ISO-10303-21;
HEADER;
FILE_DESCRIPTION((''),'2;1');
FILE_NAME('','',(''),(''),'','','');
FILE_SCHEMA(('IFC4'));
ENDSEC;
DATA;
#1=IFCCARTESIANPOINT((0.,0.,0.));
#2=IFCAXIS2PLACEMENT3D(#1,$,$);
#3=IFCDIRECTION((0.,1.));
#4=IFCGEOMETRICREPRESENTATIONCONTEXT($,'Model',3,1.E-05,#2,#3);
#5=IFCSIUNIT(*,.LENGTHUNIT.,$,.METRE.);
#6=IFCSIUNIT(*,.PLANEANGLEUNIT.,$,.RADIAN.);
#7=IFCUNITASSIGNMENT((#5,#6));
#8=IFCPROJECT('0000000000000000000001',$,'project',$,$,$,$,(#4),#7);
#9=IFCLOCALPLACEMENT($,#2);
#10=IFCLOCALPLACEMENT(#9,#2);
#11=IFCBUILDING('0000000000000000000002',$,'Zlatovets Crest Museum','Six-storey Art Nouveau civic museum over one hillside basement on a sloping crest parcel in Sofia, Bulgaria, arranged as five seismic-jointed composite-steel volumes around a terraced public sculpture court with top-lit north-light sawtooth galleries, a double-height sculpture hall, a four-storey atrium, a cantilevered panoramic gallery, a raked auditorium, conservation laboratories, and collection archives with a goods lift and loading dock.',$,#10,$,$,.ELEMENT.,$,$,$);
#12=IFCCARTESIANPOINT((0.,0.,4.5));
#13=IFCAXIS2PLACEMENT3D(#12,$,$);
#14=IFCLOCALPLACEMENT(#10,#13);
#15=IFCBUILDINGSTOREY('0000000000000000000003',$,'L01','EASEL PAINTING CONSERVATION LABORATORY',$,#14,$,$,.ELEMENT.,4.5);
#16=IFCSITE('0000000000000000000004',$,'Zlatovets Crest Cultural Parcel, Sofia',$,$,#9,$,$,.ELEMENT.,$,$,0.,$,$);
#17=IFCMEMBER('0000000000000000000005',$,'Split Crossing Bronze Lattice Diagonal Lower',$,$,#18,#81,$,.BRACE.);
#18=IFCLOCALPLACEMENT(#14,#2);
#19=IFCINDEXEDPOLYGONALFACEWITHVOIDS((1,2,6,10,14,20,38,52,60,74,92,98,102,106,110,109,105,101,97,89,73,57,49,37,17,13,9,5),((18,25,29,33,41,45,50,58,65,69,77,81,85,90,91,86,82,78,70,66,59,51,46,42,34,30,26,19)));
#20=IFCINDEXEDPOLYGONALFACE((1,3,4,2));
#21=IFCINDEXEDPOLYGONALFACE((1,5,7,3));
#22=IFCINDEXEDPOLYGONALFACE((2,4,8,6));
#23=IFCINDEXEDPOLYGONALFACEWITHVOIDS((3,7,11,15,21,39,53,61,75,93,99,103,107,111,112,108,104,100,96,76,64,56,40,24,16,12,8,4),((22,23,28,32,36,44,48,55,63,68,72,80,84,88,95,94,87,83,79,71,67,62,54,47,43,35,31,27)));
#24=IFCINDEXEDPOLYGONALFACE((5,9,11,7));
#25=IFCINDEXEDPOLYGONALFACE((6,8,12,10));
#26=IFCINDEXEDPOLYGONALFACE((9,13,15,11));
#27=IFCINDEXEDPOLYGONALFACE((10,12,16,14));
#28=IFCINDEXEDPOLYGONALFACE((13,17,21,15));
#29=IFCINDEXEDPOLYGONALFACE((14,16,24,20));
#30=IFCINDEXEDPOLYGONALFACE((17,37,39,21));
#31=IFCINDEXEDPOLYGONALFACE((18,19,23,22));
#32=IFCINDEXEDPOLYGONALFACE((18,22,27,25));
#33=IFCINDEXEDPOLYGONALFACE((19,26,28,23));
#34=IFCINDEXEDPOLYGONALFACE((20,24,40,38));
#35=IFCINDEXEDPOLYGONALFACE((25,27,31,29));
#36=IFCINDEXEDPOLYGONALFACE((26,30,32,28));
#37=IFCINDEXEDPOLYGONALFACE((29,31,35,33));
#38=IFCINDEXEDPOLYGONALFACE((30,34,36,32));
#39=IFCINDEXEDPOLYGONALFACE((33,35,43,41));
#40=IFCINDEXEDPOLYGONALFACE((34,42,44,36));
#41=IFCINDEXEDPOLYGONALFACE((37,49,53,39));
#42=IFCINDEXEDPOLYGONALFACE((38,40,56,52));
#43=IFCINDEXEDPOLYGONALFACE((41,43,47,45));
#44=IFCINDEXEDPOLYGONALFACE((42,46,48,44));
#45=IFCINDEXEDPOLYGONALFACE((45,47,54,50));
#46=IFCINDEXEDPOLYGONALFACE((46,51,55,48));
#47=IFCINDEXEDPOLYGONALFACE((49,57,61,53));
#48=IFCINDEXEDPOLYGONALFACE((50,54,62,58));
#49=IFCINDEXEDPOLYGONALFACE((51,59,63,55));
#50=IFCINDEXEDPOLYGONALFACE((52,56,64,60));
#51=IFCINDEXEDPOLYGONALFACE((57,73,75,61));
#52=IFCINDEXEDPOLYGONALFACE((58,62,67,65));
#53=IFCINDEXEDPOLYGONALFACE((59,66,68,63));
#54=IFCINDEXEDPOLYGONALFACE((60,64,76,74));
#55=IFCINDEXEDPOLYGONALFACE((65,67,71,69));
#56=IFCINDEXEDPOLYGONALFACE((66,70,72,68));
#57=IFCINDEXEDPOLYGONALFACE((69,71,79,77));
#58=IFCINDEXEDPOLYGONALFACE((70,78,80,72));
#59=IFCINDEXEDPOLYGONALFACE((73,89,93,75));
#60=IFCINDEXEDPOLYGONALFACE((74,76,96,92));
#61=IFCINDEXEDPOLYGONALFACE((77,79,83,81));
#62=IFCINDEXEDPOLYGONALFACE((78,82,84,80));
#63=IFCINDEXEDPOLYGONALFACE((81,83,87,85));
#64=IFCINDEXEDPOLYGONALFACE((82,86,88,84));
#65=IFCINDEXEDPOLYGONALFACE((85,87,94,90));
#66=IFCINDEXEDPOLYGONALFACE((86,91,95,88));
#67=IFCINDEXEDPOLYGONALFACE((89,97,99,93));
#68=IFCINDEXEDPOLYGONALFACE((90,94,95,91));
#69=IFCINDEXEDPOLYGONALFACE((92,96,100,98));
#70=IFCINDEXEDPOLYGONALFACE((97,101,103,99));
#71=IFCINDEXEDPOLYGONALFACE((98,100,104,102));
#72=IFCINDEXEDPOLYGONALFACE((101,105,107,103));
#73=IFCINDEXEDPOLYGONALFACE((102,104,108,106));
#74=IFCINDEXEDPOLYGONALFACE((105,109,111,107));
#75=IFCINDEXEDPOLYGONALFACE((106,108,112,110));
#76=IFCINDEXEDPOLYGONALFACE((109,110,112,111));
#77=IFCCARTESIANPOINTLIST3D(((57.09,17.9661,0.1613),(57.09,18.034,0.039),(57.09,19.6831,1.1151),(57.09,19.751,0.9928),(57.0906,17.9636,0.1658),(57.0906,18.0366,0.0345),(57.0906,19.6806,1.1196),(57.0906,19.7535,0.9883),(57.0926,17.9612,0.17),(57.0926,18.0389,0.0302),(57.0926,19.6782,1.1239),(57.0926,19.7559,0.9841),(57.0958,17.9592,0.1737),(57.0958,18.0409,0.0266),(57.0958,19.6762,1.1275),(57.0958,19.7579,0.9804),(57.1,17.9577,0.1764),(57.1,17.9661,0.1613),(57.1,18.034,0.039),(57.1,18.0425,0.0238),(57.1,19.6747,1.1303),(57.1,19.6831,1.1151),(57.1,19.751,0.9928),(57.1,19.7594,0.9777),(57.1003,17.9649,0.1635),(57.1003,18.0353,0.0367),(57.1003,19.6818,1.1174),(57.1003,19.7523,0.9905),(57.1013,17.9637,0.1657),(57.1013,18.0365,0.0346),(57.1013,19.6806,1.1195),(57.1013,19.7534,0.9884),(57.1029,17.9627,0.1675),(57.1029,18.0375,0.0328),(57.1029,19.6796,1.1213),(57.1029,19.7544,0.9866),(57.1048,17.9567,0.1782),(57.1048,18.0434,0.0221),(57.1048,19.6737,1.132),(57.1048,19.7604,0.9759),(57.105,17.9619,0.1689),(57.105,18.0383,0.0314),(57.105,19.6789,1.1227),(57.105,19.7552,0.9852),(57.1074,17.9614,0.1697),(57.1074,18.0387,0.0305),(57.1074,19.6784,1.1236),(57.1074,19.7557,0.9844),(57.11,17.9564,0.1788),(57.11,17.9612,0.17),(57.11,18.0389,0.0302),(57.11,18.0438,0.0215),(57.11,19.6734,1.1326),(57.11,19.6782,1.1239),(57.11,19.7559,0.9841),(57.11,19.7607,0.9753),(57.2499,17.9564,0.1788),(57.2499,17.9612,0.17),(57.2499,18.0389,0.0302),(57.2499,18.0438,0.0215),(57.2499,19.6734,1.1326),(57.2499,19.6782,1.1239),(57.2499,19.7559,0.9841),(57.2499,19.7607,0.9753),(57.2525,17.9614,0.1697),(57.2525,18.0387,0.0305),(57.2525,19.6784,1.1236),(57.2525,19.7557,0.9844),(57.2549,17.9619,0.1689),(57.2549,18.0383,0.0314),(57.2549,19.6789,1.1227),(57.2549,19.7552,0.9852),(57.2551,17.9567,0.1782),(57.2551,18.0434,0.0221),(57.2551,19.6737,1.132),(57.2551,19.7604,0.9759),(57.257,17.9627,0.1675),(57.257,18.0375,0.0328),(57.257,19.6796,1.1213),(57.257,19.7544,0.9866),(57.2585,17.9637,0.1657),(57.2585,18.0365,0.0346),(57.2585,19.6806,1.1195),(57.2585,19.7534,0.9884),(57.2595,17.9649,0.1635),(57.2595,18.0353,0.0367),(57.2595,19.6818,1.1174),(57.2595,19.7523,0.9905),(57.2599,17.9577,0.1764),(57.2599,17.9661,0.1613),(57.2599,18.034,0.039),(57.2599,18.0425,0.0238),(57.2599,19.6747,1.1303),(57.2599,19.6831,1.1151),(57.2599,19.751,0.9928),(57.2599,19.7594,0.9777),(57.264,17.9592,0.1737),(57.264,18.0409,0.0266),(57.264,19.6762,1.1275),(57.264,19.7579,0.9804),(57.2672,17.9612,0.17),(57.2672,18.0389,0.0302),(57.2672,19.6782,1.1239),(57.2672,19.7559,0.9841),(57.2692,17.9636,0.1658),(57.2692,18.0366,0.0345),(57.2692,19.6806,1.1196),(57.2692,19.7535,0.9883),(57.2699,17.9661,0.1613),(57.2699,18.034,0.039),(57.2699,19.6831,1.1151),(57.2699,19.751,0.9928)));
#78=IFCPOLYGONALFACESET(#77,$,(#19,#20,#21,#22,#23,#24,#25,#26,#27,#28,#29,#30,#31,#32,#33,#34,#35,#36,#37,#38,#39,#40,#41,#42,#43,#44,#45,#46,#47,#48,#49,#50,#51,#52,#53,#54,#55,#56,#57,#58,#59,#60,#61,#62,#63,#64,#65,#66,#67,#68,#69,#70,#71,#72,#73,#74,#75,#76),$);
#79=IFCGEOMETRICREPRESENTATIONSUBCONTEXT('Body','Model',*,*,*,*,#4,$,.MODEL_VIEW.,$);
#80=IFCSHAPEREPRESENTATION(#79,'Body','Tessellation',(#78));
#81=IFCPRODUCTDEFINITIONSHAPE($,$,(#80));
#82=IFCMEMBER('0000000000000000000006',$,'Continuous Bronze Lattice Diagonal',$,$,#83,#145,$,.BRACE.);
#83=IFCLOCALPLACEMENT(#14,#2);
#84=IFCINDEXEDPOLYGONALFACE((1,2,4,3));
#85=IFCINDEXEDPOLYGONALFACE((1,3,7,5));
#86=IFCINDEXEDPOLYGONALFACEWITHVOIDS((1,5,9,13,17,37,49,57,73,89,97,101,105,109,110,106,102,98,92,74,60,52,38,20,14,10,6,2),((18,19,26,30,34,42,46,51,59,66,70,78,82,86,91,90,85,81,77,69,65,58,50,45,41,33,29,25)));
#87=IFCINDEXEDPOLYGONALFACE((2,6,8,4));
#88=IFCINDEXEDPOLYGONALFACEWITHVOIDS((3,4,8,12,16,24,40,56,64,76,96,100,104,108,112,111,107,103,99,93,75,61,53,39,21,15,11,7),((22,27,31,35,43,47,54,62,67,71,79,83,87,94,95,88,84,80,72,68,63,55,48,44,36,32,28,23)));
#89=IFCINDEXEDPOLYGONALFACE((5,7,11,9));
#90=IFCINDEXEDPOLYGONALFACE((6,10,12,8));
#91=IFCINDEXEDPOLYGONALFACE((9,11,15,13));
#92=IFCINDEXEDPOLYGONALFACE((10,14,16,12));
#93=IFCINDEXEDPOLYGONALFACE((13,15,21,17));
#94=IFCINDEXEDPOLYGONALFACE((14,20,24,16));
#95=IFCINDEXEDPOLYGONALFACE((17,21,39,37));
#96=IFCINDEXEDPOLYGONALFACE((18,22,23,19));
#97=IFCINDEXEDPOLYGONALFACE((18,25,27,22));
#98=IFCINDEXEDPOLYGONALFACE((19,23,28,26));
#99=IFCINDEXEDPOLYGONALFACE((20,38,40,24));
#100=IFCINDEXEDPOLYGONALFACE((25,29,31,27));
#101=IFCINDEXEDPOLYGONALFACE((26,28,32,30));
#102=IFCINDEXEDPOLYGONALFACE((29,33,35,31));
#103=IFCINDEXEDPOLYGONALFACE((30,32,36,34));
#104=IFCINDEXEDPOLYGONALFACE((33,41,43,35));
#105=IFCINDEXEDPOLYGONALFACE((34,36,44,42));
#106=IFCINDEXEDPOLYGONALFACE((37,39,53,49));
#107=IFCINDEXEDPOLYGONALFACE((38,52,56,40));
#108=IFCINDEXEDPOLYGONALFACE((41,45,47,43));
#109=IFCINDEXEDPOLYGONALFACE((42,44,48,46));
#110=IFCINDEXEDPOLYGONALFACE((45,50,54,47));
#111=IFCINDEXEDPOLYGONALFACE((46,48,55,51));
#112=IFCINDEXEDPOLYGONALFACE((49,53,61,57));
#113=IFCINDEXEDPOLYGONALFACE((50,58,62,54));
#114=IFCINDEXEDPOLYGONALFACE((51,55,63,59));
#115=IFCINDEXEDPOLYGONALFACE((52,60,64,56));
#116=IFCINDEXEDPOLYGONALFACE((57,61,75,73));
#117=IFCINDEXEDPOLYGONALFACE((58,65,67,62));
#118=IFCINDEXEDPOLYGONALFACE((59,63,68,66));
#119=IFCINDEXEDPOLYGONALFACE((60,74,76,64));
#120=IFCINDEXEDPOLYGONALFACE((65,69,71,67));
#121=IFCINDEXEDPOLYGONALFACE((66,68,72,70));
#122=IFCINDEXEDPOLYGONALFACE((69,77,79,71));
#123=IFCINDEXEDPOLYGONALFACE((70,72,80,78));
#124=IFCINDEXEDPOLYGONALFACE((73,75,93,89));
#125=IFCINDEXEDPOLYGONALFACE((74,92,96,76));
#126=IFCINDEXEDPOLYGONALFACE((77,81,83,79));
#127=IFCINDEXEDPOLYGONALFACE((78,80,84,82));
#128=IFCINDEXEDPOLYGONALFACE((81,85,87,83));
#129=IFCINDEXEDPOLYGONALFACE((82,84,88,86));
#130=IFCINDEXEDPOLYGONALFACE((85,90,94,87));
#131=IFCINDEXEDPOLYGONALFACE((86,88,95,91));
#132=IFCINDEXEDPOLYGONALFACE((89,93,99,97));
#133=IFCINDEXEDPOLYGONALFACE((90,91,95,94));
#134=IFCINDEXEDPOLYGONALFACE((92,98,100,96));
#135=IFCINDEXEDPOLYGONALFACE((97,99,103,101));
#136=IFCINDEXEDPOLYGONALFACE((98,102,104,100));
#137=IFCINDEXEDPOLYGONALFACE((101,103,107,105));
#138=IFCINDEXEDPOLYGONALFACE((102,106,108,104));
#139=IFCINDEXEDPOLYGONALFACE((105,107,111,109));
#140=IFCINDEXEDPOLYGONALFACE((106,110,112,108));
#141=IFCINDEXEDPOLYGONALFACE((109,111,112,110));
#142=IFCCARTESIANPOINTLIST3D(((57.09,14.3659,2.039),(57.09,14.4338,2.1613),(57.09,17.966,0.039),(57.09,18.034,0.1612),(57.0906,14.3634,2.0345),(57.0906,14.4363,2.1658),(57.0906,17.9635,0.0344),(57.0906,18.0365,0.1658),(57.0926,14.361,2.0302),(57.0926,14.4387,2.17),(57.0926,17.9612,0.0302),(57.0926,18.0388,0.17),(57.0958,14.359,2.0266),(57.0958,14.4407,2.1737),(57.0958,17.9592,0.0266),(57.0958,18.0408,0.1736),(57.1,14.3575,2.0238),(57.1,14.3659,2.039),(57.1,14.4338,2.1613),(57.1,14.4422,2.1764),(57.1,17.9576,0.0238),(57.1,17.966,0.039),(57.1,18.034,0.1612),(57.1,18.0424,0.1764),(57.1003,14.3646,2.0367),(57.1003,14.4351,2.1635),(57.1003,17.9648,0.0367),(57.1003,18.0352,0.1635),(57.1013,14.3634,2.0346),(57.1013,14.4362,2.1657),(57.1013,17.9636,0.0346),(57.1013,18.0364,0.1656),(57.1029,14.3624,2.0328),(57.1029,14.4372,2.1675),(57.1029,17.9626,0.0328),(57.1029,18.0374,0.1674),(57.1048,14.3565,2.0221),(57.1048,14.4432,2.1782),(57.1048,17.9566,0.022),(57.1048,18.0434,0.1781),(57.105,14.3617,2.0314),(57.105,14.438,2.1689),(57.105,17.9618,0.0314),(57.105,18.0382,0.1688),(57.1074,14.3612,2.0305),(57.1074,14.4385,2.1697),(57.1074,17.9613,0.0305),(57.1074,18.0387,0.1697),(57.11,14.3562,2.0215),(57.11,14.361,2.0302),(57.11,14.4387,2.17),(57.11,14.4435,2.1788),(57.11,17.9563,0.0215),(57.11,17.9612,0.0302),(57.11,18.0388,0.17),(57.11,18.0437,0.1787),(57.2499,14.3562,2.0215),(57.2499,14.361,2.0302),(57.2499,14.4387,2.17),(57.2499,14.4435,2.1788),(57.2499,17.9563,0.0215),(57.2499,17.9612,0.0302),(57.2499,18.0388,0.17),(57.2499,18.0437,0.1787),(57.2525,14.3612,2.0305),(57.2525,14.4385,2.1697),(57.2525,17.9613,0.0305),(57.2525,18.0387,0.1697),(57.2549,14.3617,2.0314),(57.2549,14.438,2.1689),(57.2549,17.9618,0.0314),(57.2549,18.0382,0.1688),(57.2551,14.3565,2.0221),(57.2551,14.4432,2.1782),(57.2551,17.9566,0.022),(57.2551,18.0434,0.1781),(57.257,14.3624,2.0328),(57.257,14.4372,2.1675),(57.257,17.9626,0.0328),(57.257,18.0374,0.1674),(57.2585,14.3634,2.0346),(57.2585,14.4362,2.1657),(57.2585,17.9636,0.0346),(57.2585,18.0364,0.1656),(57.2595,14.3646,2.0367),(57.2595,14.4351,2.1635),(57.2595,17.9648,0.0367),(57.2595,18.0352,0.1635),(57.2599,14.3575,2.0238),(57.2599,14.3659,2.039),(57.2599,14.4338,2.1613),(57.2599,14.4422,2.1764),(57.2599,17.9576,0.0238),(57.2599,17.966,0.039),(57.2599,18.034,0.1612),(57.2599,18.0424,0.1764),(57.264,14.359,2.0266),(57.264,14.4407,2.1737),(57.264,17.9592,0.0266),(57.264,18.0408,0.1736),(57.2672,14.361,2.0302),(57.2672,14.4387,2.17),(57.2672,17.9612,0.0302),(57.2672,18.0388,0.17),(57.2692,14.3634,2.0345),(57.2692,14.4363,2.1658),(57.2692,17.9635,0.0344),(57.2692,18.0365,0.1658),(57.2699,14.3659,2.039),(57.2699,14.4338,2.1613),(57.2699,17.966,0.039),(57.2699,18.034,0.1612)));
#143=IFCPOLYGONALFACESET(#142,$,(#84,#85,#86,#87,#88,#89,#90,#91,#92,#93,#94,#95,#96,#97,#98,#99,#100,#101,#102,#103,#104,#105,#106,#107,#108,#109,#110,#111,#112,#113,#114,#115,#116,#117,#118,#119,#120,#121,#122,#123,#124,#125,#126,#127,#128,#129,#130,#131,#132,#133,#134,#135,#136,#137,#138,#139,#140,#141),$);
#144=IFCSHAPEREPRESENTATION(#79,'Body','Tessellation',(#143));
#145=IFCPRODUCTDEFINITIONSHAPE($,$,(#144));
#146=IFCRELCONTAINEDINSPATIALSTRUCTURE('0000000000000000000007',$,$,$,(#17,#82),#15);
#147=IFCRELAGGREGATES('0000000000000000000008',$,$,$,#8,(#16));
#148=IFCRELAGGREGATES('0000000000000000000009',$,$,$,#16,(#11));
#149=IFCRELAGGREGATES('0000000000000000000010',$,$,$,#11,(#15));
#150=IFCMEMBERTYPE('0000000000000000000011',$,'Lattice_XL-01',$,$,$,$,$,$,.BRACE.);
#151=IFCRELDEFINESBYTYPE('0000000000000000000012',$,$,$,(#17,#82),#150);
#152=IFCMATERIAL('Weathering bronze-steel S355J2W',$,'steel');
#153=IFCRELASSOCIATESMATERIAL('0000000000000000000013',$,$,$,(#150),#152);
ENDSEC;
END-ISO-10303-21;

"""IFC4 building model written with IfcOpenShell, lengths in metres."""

from ifc_helpers import new_model, si_unit, direction, frame, origin, origin_2d, place, context, subcontext, project, spatial, hollow_rectangle, extrude, material, material_profile, profile_set, type_object, element, save


model = new_model("IFC4")

# Units and contexts
model_context = context("Model", 3, precision=1e-05, world=origin(), true_north=direction((0.0, 1.0)))
body_context = subcontext(model_context, "Body", "Model", "MODEL_VIEW")
ifc_project = project(units=[si_unit("LENGTHUNIT", "METRE"), si_unit("PLANEANGLEUNIT", "RADIAN")], contexts=[model_context])

# Site, building, storey
site_placement = place(None, origin())
site = spatial("IfcSite", under=ifc_project, at=site_placement, Name="Zlatovets Crest Cultural Parcel, Sofia", CompositionType="ELEMENT", RefElevation=0.0)
building_placement = place(site_placement, origin())
building = spatial("IfcBuilding", under=site, at=building_placement, Name="Zlatovets Crest Museum", Description="Six-storey Art Nouveau civic museum over one hillside basement on a sloping crest parcel in Sofia, Bulgaria, arranged as five seismic-jointed composite-steel volumes around a terraced public sculpture court with top-lit north-light sawtooth galleries, a double-height sculpture hall, a four-storey atrium, a cantilevered panoramic gallery, a raked auditorium, conservation laboratories, and collection archives with a goods lift and loading dock.", CompositionType="ELEMENT")
storey_placement = place(building_placement, frame((0.0, 0.0, 4.5)))
storey = spatial("IfcBuildingStorey", under=building, at=storey_placement, Name="L01", Description="EASEL PAINTING CONSERVATION LABORATORY", CompositionType="ELEMENT", Elevation=4.5)

# Members
ifc_material_1 = material(Name="Weathering bronze-steel S355J2W", Category="steel")
ifc_material_profile_1 = material_profile(ifc_material_1, hollow_rectangle(XDim=0.1799, YDim=0.1799, WallThickness=0.01, InnerFilletRadius=0.01, OuterFilletRadius=0.02, at=origin_2d()), Name="SHS 180x180x10.0")
ifc_profile_set_1 = profile_set([ifc_material_profile_1], Name="Weathering bronze-steel S355J2W")
member_type_1 = type_object("IfcMemberType", Name="Lattice_XL-01", PredefinedType="BRACE", material=ifc_profile_set_1)
member_1_placement = place(storey_placement, frame((57.1799, 19.717, 1.054), z_axis=(0.0, -0.874169, -0.485622), x_axis=(1.0, 0.0, 0.0)))
element("IfcMember", 1, at=member_1_placement, inside=storey, type_object=member_type_1, Name="Split Crossing Bronze Lattice Diagonal Lower", PredefinedType="BRACE", context=body_context, shape_type="SweptSolid", body=[
    extrude(hollow_rectangle(XDim=0.1799, YDim=0.1799, WallThickness=0.01, InnerFilletRadius=0.01, OuterFilletRadius=0.02, at=origin_2d()), origin(), (0.0, 0.0, 1.0), 1.9641),
])
member_2_placement = place(storey_placement, frame((57.1799, 18.0, 0.1001), z_axis=(0.0, -0.874163, 0.485633), x_axis=(1.0, 0.0, 0.0)))
element("IfcMember", 2, at=member_2_placement, inside=storey, type_object=member_type_1, Name="Continuous Bronze Lattice Diagonal", PredefinedType="BRACE", context=body_context, shape_type="SweptSolid", body=[
    extrude(hollow_rectangle(XDim=0.1799, YDim=0.1799, WallThickness=0.01, InnerFilletRadius=0.01, OuterFilletRadius=0.02, at=origin_2d()), origin(), (0.0, 0.0, 1.0), 4.1184),
])

save(model, "model.ifc")
